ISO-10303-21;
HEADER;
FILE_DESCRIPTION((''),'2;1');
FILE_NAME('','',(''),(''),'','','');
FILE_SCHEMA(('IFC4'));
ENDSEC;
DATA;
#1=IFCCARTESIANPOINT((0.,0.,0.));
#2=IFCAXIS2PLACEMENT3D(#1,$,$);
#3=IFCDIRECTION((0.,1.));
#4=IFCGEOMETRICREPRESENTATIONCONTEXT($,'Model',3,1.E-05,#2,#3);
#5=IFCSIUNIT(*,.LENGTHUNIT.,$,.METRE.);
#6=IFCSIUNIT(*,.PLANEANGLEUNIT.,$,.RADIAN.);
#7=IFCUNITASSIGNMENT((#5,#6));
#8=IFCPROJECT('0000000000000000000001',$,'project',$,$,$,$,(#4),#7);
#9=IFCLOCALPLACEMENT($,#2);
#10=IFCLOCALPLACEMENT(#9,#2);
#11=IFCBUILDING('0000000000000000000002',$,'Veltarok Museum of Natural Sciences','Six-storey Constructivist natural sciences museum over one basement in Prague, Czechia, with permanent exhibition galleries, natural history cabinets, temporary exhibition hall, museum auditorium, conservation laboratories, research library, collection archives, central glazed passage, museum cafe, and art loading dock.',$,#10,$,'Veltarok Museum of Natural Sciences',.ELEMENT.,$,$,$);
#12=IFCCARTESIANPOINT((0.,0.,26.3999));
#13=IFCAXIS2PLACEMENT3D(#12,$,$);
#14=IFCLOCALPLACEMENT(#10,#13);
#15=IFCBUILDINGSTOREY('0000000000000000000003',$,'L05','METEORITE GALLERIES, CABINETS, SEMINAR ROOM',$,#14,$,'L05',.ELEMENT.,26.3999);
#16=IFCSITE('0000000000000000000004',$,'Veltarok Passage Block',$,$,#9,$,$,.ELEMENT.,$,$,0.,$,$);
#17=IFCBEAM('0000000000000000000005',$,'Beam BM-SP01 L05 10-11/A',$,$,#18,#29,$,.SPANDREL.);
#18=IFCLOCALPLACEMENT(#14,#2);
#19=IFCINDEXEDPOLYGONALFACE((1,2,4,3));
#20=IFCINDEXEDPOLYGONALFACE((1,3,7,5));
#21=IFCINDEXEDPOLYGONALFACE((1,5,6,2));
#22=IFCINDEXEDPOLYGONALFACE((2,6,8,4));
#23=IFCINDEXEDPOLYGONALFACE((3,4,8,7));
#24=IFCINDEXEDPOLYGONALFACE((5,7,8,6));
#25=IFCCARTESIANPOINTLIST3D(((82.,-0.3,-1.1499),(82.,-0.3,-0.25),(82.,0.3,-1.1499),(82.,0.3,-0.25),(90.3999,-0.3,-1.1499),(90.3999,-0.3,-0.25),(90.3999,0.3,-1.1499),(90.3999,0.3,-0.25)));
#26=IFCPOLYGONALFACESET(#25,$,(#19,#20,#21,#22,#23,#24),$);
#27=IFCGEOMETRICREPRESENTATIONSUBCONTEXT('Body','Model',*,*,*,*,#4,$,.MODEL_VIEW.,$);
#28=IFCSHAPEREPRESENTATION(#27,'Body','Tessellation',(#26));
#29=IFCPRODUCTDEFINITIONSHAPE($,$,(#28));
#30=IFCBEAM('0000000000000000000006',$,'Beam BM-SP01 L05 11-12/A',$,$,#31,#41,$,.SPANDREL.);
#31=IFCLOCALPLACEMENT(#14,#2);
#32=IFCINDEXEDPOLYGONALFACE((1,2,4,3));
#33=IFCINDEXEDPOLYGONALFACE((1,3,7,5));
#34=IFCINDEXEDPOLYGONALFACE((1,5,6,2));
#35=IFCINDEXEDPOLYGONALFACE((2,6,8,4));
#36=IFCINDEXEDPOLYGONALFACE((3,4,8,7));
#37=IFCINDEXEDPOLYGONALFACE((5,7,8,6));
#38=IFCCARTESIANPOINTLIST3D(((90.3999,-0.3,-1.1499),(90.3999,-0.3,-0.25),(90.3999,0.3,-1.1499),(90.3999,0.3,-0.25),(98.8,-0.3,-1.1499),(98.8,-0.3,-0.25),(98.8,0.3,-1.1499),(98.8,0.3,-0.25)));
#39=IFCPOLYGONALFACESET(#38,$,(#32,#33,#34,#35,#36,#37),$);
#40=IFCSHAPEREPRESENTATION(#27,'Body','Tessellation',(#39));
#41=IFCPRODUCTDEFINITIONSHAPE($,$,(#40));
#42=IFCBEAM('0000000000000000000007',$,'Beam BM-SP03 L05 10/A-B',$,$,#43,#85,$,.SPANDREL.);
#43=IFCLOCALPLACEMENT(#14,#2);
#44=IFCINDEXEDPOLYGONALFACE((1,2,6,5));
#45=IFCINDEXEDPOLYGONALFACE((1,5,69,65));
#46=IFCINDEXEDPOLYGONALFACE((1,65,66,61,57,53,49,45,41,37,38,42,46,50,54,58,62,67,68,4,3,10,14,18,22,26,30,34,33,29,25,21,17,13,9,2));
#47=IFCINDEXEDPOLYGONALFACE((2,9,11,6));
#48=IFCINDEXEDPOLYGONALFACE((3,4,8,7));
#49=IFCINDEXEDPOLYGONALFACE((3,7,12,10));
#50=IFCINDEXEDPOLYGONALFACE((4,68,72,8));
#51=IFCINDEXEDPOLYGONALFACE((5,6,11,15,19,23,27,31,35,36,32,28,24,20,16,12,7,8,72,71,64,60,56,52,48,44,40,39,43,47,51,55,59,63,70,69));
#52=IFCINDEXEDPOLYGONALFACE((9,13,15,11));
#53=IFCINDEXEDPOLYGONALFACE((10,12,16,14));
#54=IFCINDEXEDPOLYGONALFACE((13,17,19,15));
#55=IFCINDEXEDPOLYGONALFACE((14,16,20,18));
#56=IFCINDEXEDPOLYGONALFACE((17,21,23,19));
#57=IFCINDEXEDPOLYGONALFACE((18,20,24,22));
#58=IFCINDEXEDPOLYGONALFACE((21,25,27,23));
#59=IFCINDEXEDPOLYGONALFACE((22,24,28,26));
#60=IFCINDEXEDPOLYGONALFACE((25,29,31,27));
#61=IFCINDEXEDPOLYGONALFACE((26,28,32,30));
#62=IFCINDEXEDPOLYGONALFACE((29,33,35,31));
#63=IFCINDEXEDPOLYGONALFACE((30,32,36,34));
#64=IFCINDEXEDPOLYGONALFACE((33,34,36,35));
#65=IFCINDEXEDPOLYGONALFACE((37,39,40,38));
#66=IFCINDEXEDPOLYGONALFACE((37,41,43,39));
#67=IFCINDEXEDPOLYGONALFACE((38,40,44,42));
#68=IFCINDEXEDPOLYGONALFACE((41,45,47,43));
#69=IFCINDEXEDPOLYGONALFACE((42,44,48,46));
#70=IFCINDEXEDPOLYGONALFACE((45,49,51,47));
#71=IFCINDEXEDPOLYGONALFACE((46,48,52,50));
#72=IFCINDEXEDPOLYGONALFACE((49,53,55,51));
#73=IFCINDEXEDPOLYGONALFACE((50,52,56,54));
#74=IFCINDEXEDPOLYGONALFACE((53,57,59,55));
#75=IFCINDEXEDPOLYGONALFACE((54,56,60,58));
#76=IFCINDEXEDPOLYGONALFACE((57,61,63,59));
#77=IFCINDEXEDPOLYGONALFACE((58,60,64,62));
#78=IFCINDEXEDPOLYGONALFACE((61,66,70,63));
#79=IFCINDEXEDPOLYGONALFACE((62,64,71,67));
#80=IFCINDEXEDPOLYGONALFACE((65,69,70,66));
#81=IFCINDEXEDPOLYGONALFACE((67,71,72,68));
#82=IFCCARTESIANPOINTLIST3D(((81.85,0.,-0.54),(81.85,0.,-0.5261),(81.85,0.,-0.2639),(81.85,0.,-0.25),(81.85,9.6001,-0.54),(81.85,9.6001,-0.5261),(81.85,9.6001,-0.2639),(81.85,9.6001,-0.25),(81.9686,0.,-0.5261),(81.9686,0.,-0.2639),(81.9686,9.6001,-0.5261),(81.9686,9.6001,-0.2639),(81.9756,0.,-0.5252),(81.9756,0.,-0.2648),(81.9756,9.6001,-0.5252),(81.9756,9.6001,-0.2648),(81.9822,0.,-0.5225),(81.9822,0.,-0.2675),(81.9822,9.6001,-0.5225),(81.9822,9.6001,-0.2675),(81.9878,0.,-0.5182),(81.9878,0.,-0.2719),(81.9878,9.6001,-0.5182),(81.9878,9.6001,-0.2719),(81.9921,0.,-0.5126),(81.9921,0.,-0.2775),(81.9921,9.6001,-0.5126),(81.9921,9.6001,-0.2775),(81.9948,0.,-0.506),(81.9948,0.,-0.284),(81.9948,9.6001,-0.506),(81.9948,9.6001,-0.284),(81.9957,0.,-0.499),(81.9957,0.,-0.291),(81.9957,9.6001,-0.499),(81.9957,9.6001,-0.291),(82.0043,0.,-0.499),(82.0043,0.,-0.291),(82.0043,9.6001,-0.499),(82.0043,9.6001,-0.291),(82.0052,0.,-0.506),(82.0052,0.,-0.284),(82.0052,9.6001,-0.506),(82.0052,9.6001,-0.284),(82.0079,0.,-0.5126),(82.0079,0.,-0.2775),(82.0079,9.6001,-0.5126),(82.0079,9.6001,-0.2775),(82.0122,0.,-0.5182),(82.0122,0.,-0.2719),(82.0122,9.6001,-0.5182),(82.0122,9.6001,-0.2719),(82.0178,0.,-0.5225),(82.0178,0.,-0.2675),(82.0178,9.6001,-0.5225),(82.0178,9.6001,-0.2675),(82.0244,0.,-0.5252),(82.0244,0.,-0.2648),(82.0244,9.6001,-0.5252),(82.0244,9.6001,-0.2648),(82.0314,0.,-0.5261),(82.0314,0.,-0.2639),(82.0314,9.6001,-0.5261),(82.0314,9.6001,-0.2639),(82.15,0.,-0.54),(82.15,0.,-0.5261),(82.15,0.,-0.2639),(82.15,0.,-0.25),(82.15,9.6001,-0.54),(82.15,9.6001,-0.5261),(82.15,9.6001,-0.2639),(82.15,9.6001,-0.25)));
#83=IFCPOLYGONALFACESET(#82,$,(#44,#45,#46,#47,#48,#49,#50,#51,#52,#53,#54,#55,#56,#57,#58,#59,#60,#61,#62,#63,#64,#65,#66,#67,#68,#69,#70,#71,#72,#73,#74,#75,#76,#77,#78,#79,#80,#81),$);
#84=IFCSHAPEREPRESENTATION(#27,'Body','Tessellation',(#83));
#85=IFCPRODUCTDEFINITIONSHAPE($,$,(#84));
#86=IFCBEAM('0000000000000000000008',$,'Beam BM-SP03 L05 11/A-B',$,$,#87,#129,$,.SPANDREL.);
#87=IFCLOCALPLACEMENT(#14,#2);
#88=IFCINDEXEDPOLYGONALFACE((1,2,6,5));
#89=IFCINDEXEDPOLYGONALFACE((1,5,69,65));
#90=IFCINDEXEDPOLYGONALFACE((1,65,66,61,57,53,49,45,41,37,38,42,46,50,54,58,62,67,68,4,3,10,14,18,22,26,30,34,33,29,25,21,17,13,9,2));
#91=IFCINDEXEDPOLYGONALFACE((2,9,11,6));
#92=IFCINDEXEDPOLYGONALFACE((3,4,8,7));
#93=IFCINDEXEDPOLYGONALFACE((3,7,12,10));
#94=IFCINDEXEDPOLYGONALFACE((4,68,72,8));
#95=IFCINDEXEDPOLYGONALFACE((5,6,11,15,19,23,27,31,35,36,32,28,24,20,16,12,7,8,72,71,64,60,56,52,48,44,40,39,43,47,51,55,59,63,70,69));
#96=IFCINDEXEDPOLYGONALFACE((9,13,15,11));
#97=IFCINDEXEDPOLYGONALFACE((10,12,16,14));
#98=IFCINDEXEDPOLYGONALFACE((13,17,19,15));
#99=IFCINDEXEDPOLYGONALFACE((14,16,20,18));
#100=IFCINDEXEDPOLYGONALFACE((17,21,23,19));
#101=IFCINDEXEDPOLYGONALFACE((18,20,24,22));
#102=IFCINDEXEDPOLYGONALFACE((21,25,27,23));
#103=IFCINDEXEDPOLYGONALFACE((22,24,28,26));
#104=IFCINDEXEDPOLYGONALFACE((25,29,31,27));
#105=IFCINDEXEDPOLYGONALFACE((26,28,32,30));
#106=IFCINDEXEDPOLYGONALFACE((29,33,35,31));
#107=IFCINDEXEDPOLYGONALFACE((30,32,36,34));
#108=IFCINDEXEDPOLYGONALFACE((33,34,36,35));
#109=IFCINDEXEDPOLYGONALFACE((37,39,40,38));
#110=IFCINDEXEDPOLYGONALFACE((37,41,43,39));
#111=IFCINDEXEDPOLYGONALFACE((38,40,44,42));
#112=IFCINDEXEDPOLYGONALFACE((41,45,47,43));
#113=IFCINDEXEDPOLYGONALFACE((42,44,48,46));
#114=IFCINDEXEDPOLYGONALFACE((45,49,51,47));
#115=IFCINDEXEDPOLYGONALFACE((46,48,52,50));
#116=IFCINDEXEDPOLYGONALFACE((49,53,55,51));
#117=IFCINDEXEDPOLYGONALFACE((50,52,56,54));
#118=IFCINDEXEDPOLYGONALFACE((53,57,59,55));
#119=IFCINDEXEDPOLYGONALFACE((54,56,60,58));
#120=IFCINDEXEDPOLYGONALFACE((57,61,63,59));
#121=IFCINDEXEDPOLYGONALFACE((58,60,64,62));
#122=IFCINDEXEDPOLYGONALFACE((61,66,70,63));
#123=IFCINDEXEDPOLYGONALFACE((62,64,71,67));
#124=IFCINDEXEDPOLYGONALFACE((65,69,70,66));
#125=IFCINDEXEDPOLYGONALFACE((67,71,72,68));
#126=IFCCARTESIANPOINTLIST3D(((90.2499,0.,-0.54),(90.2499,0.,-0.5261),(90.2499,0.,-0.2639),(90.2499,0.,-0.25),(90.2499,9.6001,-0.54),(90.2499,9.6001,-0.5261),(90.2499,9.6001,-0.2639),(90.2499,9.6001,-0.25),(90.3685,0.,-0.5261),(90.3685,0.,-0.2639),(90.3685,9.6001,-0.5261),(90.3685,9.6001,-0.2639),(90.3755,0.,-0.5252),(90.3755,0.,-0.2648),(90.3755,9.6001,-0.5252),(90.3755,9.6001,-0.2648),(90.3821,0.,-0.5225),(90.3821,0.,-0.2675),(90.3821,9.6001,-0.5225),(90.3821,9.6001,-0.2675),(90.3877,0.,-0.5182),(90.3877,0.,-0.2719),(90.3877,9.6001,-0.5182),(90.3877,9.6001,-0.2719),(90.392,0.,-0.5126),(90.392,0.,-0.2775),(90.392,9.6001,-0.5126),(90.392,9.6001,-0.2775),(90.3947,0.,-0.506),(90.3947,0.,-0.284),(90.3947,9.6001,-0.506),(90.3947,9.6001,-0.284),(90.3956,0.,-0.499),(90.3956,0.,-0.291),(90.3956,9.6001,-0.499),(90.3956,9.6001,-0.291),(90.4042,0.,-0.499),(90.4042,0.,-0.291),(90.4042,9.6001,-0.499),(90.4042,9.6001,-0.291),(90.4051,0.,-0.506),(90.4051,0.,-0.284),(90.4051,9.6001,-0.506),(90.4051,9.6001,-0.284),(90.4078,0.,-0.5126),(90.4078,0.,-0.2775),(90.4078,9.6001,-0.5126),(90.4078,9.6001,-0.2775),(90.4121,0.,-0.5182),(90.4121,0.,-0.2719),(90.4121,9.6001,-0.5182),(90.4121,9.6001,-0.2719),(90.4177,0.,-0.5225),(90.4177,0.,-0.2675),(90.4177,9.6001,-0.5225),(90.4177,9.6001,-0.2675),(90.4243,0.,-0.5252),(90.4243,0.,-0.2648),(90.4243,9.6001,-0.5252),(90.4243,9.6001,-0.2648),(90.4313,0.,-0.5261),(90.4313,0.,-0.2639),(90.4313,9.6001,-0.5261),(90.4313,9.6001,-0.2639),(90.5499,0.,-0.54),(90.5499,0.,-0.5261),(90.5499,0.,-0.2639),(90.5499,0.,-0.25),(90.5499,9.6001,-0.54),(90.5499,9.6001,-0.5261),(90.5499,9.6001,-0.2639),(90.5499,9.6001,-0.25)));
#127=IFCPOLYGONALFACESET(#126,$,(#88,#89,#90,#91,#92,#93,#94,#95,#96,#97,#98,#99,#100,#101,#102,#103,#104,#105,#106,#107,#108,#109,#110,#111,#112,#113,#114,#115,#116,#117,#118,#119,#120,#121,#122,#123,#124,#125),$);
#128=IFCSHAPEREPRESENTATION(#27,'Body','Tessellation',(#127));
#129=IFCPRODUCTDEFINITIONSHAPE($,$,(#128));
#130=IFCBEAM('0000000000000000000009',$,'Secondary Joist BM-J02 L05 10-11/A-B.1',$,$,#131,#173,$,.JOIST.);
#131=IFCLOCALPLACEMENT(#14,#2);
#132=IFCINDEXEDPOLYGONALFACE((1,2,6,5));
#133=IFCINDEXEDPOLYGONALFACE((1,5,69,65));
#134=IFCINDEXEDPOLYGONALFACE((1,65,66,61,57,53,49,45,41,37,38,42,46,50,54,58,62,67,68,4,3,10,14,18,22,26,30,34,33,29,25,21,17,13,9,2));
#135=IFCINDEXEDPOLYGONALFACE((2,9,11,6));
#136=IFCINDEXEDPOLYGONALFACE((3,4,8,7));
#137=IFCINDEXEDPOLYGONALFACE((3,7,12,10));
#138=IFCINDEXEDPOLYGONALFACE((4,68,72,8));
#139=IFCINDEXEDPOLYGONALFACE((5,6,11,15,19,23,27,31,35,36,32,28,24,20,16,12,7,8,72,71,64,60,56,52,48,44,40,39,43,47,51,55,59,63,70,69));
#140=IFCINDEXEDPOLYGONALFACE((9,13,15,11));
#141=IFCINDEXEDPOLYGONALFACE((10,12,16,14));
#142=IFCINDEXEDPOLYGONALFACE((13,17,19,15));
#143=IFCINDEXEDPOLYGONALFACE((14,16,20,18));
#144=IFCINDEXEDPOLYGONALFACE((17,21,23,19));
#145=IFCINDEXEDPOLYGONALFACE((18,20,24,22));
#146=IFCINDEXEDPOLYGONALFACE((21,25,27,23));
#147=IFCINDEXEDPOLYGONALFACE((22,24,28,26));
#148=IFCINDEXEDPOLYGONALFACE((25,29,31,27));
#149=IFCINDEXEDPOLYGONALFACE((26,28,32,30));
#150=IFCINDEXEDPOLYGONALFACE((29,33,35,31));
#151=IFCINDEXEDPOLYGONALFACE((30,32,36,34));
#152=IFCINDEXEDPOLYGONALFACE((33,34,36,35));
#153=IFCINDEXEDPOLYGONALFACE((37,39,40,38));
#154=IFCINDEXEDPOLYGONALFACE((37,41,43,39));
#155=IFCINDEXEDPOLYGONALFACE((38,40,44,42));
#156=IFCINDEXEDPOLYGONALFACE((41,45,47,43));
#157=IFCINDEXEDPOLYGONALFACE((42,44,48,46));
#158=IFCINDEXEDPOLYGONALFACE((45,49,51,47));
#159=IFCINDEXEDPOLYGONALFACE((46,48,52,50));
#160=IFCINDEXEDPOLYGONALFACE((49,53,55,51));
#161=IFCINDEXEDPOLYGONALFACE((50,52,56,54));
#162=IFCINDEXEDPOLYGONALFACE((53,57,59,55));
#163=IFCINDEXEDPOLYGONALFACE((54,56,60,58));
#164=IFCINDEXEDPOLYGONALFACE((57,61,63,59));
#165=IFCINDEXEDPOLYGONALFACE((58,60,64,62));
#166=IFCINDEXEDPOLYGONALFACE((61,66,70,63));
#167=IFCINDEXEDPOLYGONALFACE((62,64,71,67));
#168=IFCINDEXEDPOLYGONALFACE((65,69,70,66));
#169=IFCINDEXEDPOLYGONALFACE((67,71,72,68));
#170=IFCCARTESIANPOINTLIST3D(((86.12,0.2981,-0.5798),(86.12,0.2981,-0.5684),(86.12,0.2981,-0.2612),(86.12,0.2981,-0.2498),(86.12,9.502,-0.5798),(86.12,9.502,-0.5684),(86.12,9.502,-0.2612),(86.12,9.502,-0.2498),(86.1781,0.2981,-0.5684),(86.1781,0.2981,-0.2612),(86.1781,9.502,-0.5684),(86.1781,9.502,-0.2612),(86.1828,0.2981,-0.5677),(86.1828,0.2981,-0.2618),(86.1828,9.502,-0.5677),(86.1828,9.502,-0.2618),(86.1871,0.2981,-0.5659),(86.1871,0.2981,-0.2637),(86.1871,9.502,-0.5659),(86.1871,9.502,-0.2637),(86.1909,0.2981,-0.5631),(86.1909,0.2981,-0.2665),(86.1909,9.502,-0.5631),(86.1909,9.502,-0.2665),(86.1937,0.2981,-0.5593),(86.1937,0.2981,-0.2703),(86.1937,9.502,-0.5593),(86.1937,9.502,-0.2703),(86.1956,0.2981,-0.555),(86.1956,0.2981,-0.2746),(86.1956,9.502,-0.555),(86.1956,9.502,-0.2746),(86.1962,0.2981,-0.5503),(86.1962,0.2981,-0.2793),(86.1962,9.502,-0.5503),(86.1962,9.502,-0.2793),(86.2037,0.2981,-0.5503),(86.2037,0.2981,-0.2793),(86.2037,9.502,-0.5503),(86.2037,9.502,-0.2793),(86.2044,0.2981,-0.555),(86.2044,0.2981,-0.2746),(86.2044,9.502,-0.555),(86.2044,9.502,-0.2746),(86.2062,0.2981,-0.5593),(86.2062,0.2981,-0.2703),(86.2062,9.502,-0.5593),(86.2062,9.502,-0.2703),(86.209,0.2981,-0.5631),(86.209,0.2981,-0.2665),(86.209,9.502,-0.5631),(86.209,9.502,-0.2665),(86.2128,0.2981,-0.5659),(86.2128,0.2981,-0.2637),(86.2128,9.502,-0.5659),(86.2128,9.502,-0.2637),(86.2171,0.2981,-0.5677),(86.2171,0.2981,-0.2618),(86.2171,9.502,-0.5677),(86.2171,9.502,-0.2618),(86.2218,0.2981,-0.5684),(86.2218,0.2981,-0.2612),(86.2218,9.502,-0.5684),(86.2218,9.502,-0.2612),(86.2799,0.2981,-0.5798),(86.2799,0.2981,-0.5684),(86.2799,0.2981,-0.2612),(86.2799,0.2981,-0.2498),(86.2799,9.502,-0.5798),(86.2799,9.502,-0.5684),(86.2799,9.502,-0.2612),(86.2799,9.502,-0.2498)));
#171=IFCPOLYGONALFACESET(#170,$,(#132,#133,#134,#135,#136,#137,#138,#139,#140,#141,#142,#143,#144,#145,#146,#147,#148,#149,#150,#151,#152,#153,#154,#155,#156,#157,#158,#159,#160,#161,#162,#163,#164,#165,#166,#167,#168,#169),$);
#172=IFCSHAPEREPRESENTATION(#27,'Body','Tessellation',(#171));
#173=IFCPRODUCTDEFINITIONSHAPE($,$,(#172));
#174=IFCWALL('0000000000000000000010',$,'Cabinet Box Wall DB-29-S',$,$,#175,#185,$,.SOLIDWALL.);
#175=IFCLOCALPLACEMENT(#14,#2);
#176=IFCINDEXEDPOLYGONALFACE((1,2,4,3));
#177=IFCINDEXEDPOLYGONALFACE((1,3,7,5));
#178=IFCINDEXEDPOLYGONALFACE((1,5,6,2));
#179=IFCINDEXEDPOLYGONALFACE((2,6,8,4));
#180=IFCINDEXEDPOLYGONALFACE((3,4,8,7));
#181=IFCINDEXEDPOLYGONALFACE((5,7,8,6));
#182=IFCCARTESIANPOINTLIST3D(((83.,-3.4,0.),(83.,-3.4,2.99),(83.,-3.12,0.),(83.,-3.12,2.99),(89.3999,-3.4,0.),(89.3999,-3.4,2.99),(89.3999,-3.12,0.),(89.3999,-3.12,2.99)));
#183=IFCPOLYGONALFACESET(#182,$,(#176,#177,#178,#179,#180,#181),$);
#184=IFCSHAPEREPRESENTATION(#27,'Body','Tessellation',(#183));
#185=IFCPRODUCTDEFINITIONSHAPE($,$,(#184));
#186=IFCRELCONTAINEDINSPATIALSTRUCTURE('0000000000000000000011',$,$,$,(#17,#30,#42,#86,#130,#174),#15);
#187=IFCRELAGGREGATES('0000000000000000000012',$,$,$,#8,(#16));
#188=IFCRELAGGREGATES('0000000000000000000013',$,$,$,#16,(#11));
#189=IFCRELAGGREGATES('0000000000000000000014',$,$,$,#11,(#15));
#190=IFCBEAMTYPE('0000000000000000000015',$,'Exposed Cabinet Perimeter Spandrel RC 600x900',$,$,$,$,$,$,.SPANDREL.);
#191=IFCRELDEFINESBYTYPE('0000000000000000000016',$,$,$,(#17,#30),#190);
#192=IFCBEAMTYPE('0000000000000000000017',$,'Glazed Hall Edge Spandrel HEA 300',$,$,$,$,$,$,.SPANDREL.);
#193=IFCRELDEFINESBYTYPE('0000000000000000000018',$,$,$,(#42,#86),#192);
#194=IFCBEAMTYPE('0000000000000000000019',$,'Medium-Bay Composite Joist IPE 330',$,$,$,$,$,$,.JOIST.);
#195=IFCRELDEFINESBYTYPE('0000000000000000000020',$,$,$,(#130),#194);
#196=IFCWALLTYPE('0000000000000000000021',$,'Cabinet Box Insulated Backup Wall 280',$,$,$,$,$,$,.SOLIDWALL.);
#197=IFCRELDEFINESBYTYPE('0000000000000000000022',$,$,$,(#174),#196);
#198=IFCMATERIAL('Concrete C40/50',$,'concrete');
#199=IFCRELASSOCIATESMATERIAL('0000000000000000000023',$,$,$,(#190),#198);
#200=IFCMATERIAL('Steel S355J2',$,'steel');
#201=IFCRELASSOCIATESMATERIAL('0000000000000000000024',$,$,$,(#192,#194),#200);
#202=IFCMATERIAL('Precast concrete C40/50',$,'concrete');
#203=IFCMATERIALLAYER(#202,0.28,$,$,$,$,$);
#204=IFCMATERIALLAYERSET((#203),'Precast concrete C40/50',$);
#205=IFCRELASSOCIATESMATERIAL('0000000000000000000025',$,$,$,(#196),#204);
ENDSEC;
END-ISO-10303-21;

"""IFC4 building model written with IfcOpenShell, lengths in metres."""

from ifc_helpers import new_model, si_unit, direction, frame, frame_2d, origin, origin_2d, place, context, subcontext, project, spatial, rectangle, i_section, extrude, material, layer, layer_set, material_profile, profile_set, type_object, element, save


model = new_model("IFC4")

# Units and contexts
model_context = context("Model", 3, precision=1e-05, world=origin(), true_north=direction((0.0, 1.0)))
body_context = subcontext(model_context, "Body", "Model", "MODEL_VIEW")
ifc_project = project(units=[si_unit("LENGTHUNIT", "METRE"), si_unit("PLANEANGLEUNIT", "RADIAN")], contexts=[model_context])

# Site, building, storey
site_placement = place(None, origin())
site = spatial("IfcSite", under=ifc_project, at=site_placement, Name="Veltarok Passage Block", CompositionType="ELEMENT", RefElevation=0.0)
building_placement = place(site_placement, origin())
building = spatial("IfcBuilding", under=site, at=building_placement, Name="Veltarok Museum of Natural Sciences", Description="Six-storey Constructivist natural sciences museum over one basement in Prague, Czechia, with permanent exhibition galleries, natural history cabinets, temporary exhibition hall, museum auditorium, conservation laboratories, research library, collection archives, central glazed passage, museum cafe, and art loading dock.", LongName="Veltarok Museum of Natural Sciences", CompositionType="ELEMENT")
storey_placement = place(building_placement, frame((0.0, 0.0, 26.3999)))
storey = spatial("IfcBuildingStorey", under=building, at=storey_placement, Name="L05", Description="METEORITE GALLERIES, CABINETS, SEMINAR ROOM", LongName="L05", CompositionType="ELEMENT", Elevation=26.3999)

# Shared definitions
ifc_material_1 = material(Name="Concrete C40/50", Category="concrete")

# Beams
ifc_material_2 = material(Name="Steel S355J2", Category="steel")
ifc_material_profile_1 = material_profile(ifc_material_1, rectangle(XDim=0.6001, YDim=0.8999, at=origin_2d()), Name="RC 600x900")
ifc_profile_set_1 = profile_set([ifc_material_profile_1], Name="Concrete C40/50")
beam_type_1 = type_object("IfcBeamType", Name="Exposed Cabinet Perimeter Spandrel RC 600x900", PredefinedType="SPANDREL", material=ifc_profile_set_1)
beam_1_placement = place(storey_placement, frame((82.0, 0.0, -0.7), z_axis=(1.0, 0.0, 0.0), x_axis=(0.0, 1.0, 0.0)))
element("IfcBeam", 1, at=beam_1_placement, inside=storey, type_object=beam_type_1, Name="Beam BM-SP01 L05 10-11/A", PredefinedType="SPANDREL", context=body_context, shape_type="SweptSolid", body=[
    extrude(rectangle(XDim=0.6001, YDim=0.8999, at=origin_2d()), origin(), (0.0, 0.0, 1.0), 8.3999),
])
beam_2_placement = place(storey_placement, frame((90.3999, 0.0, -0.7), z_axis=(1.0, 0.0, 0.0), x_axis=(0.0, 1.0, 0.0)))
element("IfcBeam", 2, at=beam_2_placement, inside=storey, type_object=beam_type_1, Name="Beam BM-SP01 L05 11-12/A", PredefinedType="SPANDREL", context=body_context, shape_type="SweptSolid", body=[
    extrude(rectangle(XDim=0.6001, YDim=0.8999, at=origin_2d()), origin(), (0.0, 0.0, 1.0), 8.4001),
])
ifc_material_profile_2 = material_profile(ifc_material_2, i_section(OverallWidth=0.3, OverallDepth=0.29, WebThickness=0.0085, FlangeThickness=0.0139, FilletRadius=0.0271, at=origin_2d()), Name="HEA 300")
ifc_profile_set_2 = profile_set([ifc_material_profile_2], Name="Steel S355J2")
beam_type_2 = type_object("IfcBeamType", Name="Glazed Hall Edge Spandrel HEA 300", PredefinedType="SPANDREL", material=ifc_profile_set_2)
for number, where, z_axis, x_axis, name in (
    (3, (82.0, 0.0, -0.395), (0.0, 1.0, 0.0), (-1.0, 0.0, 0.0), "Beam BM-SP03 L05 10/A-B"),
    (4, (90.3999, 0.0, -0.395), (0.0, 1.0, 0.0), (-1.0, 0.0, 0.0), "Beam BM-SP03 L05 11/A-B"),
):
    element("IfcBeam", number, at=place(storey_placement, frame(where, z_axis=z_axis, x_axis=x_axis)), inside=storey, type_object=beam_type_2, Name=name, PredefinedType="SPANDREL", context=body_context, shape_type="SweptSolid", body=[
        extrude(i_section(OverallWidth=0.3, OverallDepth=0.29, WebThickness=0.0085, FlangeThickness=0.0139, FilletRadius=0.0271, at=origin_2d()), origin(), (0.0, 0.0, 1.0), 9.6001),
    ])
ifc_material_profile_3 = material_profile(ifc_material_2, i_section(OverallWidth=0.1599, OverallDepth=0.3301, WebThickness=0.0076, FlangeThickness=0.0115, FilletRadius=0.0181, at=origin_2d()), Name="IPE 330")
ifc_profile_set_3 = profile_set([ifc_material_profile_3], Name="Steel S355J2")
beam_type_3 = type_object("IfcBeamType", Name="Medium-Bay Composite Joist IPE 330", PredefinedType="JOIST", material=ifc_profile_set_3)
beam_3_placement = place(storey_placement, frame((86.2, 0.2981, -0.4148), z_axis=(0.0, 1.0, 0.0), x_axis=(-1.0, 0.0, 0.0)))
element("IfcBeam", 5, at=beam_3_placement, inside=storey, type_object=beam_type_3, Name="Secondary Joist BM-J02 L05 10-11/A-B.1", PredefinedType="JOIST", context=body_context, shape_type="SweptSolid", body=[
    extrude(i_section(OverallWidth=0.1599, OverallDepth=0.3301, WebThickness=0.0076, FlangeThickness=0.0115, FilletRadius=0.0181, at=origin_2d()), origin(), (0.0, 0.0, 1.0), 9.2039),
])

# Wall
ifc_material_3 = material(Name="Precast concrete C40/50", Category="concrete")
ifc_layer_1 = layer(ifc_material_3, 0.28)
ifc_layer_set_1 = layer_set([ifc_layer_1], Name="Precast concrete C40/50")
wall_type_1 = type_object("IfcWallType", Name="Cabinet Box Insulated Backup Wall 280", PredefinedType="SOLIDWALL", material=ifc_layer_set_1)
wall_1_placement = place(storey_placement, frame((83.0, -3.26, 0.0), z_axis=(0.0, 0.0, 1.0), x_axis=(1.0, 0.0, 0.0)))
element("IfcWall", 6, at=wall_1_placement, inside=storey, type_object=wall_type_1, Name="Cabinet Box Wall DB-29-S", PredefinedType="SOLIDWALL", context=body_context, shape_type="SweptSolid", body=[
    extrude(rectangle(XDim=6.3999, YDim=0.28, at=frame_2d((3.2, 0.0))), origin(), (0.0, 0.0, 1.0), 2.99),
])

save(model, "model.ifc")
